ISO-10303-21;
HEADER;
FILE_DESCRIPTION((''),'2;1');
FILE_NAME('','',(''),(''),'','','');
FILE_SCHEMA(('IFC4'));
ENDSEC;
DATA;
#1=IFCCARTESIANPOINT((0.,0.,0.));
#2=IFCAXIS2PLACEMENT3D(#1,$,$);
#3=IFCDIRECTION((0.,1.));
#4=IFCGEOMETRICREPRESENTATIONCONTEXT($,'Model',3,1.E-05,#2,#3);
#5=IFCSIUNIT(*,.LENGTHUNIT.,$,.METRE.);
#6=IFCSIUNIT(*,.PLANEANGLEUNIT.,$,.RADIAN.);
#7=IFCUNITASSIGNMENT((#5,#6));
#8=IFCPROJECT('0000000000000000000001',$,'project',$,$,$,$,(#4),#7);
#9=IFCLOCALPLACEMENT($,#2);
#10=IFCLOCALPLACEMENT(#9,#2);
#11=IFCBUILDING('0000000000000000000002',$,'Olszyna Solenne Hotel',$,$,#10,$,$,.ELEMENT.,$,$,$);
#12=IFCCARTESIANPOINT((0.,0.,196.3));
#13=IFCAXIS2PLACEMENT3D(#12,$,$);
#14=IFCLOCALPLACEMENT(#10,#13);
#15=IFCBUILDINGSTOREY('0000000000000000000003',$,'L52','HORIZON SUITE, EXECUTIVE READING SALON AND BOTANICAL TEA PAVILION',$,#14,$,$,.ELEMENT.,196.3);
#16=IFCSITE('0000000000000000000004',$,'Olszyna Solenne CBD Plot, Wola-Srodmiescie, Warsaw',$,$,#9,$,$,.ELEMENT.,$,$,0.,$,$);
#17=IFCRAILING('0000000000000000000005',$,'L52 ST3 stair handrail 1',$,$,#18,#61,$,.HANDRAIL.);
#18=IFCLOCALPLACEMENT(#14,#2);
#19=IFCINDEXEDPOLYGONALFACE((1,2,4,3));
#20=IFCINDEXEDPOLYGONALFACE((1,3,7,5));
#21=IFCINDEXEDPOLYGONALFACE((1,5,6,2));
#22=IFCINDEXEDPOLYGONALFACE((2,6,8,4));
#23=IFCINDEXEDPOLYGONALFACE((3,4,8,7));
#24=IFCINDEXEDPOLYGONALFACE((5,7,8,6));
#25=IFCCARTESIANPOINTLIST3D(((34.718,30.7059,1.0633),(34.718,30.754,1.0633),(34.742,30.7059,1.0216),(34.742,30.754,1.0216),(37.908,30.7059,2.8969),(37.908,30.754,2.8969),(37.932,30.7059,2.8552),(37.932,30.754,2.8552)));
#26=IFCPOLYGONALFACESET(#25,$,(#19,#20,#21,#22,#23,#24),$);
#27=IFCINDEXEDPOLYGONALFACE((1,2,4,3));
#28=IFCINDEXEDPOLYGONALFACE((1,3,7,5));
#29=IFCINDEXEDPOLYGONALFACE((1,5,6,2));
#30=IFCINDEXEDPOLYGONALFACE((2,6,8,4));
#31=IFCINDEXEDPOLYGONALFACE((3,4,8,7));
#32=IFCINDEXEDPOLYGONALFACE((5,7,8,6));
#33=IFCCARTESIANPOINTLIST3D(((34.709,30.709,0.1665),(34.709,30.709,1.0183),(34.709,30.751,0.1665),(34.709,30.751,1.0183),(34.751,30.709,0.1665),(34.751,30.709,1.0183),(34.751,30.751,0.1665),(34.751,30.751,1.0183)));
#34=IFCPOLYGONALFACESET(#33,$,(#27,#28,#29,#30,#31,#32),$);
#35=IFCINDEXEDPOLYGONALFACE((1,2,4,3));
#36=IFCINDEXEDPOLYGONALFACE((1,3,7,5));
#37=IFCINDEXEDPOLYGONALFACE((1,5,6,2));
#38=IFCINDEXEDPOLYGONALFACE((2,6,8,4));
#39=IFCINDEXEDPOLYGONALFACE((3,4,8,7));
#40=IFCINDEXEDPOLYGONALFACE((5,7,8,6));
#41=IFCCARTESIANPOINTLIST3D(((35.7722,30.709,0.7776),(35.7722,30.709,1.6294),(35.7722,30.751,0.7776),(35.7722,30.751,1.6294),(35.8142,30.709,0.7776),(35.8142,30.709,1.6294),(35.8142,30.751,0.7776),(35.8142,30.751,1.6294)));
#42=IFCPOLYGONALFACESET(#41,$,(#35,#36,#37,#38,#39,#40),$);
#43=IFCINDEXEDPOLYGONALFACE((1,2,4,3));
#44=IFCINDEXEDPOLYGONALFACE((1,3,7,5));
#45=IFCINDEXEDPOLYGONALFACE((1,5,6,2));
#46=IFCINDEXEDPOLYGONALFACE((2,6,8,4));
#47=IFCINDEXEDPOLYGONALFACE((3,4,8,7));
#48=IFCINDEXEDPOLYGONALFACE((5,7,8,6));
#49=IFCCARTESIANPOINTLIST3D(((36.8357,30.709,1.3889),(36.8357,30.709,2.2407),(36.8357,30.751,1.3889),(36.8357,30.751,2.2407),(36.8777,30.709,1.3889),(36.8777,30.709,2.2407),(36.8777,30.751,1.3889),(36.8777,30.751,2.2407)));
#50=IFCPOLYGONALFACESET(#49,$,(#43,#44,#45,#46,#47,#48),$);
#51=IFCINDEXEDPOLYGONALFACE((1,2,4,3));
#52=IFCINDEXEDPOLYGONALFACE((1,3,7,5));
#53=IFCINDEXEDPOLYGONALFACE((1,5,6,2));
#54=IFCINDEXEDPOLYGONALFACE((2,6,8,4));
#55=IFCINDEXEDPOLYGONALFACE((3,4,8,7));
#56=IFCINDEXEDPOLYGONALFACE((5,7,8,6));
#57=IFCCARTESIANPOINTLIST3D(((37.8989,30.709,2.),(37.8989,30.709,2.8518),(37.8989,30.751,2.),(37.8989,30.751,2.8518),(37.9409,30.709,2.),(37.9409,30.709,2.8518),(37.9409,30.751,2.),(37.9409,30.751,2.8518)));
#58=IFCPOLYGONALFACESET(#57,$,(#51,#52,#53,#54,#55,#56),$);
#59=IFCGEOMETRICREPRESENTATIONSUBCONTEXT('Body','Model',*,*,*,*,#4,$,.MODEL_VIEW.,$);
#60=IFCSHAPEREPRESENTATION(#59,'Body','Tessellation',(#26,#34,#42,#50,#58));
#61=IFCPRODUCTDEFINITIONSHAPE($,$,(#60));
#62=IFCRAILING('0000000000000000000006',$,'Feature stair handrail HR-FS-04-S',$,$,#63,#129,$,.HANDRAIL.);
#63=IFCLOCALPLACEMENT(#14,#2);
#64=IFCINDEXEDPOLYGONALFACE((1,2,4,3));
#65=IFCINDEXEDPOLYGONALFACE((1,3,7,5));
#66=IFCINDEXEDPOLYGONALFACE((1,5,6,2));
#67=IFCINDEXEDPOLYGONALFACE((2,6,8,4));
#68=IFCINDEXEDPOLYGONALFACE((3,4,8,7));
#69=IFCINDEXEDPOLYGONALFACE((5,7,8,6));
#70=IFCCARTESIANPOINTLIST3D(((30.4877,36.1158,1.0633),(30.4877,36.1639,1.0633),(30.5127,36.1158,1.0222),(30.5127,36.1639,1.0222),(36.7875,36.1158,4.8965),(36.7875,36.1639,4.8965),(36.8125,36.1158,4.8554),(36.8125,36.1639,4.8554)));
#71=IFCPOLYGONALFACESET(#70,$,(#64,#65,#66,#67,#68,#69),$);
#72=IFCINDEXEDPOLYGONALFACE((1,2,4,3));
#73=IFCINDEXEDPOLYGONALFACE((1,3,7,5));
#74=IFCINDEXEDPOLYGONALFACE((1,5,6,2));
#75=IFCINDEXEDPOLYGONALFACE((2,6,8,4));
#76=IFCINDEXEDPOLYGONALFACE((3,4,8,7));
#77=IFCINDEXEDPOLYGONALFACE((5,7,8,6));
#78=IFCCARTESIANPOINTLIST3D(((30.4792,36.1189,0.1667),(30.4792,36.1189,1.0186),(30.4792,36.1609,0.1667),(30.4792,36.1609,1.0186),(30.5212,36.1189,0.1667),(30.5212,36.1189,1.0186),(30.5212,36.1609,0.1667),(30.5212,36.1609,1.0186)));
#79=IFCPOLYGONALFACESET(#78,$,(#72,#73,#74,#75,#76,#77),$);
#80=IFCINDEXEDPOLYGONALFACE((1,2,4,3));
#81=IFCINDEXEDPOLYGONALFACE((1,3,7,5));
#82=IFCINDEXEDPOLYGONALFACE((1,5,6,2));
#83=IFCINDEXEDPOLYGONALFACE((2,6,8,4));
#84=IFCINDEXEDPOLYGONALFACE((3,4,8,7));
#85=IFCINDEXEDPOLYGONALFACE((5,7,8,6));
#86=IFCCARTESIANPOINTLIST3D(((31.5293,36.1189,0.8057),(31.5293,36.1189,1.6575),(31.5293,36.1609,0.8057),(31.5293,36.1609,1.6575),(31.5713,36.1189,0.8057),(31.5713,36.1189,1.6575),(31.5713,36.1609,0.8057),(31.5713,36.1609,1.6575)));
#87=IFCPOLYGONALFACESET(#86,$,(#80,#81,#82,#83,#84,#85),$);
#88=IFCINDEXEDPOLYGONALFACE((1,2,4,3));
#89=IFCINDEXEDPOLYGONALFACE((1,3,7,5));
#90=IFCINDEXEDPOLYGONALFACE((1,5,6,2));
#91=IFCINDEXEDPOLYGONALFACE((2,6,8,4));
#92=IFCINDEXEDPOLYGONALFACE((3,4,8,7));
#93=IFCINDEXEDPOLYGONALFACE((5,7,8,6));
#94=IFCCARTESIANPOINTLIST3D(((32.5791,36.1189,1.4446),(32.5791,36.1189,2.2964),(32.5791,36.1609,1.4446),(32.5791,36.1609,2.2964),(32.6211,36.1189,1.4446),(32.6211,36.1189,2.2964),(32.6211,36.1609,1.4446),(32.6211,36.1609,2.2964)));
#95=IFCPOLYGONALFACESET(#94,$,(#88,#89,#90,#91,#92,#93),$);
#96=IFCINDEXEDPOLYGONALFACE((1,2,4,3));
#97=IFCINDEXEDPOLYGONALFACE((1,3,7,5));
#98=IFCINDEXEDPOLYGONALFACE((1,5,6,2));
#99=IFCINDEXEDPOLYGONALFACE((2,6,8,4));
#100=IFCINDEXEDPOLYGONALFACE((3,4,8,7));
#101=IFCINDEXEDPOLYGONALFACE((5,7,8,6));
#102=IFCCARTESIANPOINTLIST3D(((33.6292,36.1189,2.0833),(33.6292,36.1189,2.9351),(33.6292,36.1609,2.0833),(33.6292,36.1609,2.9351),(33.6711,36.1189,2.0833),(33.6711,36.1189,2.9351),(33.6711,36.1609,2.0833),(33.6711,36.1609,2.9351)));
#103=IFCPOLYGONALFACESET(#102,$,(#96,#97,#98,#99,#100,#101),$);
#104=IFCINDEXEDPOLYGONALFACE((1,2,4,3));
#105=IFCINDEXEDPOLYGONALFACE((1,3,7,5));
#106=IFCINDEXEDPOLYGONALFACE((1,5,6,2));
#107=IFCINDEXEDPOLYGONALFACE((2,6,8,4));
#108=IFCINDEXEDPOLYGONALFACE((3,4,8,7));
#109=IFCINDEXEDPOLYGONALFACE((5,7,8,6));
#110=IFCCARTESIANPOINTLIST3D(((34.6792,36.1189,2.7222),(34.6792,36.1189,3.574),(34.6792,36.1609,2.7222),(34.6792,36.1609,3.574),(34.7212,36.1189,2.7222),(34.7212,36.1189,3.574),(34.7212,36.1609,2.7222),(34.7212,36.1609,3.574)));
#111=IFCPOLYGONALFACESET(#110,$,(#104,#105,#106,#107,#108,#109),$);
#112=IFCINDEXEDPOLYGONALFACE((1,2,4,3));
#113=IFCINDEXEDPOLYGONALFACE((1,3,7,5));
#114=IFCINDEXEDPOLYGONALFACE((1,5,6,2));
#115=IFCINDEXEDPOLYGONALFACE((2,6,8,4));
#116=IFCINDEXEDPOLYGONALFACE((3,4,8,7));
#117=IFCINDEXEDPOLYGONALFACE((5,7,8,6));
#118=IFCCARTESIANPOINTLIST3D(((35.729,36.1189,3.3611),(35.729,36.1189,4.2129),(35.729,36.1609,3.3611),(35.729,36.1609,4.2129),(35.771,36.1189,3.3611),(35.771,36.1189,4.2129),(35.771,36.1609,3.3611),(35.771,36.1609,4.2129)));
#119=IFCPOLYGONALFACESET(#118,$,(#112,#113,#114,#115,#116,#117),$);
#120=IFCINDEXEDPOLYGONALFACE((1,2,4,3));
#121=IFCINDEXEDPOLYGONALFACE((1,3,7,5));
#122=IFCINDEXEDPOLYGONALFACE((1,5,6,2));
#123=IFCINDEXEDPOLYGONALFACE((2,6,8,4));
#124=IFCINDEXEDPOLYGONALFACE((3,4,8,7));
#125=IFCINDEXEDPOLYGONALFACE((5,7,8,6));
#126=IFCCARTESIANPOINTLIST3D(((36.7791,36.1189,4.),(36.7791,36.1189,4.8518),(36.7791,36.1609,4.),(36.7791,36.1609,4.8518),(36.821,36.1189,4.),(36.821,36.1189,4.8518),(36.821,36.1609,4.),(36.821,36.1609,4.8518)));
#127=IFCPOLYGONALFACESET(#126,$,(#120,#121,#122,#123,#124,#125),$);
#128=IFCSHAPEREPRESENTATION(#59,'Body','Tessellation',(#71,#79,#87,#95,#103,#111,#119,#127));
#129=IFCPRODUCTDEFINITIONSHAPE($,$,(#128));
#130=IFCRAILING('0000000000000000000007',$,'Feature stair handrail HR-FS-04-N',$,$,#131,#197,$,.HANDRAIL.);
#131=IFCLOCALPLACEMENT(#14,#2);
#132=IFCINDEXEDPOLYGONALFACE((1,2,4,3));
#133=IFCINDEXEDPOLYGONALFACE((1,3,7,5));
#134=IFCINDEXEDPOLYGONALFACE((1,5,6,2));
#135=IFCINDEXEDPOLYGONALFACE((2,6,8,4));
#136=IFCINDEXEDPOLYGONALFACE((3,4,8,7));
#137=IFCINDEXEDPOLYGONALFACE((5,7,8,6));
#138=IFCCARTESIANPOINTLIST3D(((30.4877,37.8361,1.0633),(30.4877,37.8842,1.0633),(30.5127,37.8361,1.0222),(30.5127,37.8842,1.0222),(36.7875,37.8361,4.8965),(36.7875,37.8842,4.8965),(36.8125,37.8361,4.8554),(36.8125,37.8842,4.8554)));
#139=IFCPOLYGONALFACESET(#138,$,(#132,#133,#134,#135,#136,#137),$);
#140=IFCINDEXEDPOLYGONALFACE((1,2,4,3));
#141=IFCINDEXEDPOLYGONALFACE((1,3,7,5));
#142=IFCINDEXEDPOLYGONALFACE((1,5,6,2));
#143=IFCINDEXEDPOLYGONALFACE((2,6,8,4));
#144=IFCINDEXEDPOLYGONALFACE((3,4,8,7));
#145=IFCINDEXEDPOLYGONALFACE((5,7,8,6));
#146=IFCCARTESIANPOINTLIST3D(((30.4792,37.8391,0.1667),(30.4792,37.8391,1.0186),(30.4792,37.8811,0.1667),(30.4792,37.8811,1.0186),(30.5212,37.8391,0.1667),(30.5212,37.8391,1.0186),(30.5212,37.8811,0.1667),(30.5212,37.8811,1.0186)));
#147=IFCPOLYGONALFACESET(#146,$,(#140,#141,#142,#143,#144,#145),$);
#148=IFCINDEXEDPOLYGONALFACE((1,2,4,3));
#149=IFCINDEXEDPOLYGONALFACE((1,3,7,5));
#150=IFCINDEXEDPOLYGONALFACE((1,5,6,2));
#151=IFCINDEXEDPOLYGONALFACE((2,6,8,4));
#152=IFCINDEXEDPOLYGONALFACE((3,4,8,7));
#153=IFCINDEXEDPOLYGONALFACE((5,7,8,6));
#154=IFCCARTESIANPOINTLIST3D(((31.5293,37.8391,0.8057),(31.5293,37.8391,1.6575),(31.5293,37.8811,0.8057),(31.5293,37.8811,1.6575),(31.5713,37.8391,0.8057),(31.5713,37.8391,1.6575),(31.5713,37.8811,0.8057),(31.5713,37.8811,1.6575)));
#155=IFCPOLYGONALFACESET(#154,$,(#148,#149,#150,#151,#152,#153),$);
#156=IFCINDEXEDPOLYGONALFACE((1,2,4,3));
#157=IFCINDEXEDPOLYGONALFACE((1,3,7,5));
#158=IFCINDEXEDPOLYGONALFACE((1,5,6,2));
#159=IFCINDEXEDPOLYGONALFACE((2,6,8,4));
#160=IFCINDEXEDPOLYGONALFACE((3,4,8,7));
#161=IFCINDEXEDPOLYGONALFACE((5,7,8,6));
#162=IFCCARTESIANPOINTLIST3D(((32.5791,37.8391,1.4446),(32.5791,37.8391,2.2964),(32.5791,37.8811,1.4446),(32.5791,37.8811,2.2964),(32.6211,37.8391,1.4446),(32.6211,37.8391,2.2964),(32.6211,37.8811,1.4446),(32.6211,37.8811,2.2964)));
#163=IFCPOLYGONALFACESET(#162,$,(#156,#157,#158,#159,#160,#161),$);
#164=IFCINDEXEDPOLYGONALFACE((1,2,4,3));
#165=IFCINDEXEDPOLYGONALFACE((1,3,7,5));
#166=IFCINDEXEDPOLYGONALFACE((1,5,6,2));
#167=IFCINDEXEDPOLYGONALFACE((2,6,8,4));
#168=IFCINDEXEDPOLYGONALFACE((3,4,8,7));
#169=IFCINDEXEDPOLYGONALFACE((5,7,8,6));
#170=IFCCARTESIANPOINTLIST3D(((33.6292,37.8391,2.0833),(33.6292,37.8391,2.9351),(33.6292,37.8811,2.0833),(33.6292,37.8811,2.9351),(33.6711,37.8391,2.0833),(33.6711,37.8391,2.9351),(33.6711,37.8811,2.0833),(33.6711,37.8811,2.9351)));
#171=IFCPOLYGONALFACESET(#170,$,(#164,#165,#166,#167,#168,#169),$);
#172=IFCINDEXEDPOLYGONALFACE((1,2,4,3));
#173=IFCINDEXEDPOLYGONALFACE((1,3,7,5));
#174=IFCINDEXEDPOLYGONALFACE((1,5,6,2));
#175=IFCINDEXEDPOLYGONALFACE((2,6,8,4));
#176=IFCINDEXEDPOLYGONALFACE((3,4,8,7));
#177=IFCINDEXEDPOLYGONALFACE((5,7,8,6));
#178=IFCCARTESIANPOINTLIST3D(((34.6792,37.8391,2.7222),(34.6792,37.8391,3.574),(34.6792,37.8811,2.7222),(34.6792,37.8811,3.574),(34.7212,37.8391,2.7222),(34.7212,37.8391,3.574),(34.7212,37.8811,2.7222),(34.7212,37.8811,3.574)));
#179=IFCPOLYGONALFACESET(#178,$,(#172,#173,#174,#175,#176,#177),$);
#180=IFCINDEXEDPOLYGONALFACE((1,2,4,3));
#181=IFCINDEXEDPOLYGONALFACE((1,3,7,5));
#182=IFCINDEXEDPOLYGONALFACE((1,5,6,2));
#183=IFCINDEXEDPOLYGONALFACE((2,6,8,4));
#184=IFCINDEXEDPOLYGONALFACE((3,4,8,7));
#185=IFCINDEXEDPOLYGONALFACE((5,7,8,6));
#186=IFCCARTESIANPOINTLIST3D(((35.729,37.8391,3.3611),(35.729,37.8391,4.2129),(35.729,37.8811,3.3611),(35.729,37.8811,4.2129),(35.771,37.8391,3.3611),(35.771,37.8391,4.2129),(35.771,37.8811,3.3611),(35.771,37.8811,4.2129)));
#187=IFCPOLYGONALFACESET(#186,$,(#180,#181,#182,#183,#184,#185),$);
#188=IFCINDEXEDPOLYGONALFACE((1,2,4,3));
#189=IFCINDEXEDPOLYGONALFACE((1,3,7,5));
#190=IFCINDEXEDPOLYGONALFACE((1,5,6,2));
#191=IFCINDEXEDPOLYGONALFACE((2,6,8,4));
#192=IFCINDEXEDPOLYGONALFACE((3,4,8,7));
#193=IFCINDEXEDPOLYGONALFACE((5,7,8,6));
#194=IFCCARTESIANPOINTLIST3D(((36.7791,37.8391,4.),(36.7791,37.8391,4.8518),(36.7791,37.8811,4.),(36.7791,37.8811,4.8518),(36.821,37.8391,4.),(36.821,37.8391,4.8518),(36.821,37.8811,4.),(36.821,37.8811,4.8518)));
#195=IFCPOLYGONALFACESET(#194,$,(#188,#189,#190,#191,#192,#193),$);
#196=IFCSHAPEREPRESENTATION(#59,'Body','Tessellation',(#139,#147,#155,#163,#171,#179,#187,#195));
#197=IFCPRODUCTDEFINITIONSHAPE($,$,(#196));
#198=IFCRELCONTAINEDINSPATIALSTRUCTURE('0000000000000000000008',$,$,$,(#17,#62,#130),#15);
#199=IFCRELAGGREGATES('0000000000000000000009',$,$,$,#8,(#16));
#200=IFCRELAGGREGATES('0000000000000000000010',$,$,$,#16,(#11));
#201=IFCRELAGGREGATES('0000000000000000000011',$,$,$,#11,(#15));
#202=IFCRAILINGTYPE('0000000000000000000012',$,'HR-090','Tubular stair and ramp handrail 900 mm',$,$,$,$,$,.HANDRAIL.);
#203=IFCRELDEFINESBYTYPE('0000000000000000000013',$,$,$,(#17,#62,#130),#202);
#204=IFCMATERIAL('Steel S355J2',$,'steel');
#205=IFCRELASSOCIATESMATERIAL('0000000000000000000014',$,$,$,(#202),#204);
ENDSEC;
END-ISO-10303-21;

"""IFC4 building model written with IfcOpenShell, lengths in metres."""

from ifc_helpers import new_model, si_unit, direction, frame, origin, origin_2d, place, context, subcontext, project, spatial, rectangle, extrude, material, type_object, element, save


model = new_model("IFC4")

# Units and contexts
model_context = context("Model", 3, precision=1e-05, world=origin(), true_north=direction((0.0, 1.0)))
body_context = subcontext(model_context, "Body", "Model", "MODEL_VIEW")
ifc_project = project(units=[si_unit("LENGTHUNIT", "METRE"), si_unit("PLANEANGLEUNIT", "RADIAN")], contexts=[model_context])

# Site, building, storey
site_placement = place(None, origin())
site = spatial("IfcSite", under=ifc_project, at=site_placement, Name="Olszyna Solenne CBD Plot, Wola-Srodmiescie, Warsaw", CompositionType="ELEMENT", RefElevation=0.0)
building_placement = place(site_placement, origin())
building = spatial("IfcBuilding", under=site, at=building_placement, Name="Olszyna Solenne Hotel", CompositionType="ELEMENT")
storey_placement = place(building_placement, frame((0.0, 0.0, 196.3)))
storey = spatial("IfcBuildingStorey", under=building, at=storey_placement, Name="L52", Description="HORIZON SUITE, EXECUTIVE READING SALON AND BOTANICAL TEA PAVILION", CompositionType="ELEMENT", Elevation=196.3)

# Shared definitions
ifc_material_1 = material(Name="Steel S355J2", Category="steel")

# Railings
railing_type_1 = type_object("IfcRailingType", Name="HR-090", Description="Tubular stair and ramp handrail 900 mm", PredefinedType="HANDRAIL", material=ifc_material_1)
railing_1_placement = place(storey_placement, frame((34.73, 30.73, 0.1665)))
element("IfcRailing", 1, at=railing_1_placement, inside=storey, type_object=railing_type_1, Name="L52 ST3 stair handrail 1", PredefinedType="HANDRAIL", context=body_context, shape_type="SweptSolid", body=[
    extrude(rectangle(XDim=0.0481, YDim=0.0481, at=origin_2d()), frame((0.0, 0.0, 0.876), z_axis=(0.866991, 0.0, 0.498324), x_axis=(0.0, 1.0, 0.0)), (0.0, 0.0, 1.0), 3.6794),
    extrude(rectangle(XDim=0.042, YDim=0.042, at=origin_2d()), origin(), (0.0, 0.0, 1.0), 0.8518),
    extrude(rectangle(XDim=0.042, YDim=0.042, at=origin_2d()), frame((1.0632, 0.0, 0.6111)), (0.0, 0.0, 1.0), 0.8518),
    extrude(rectangle(XDim=0.042, YDim=0.042, at=origin_2d()), frame((2.1267, 0.0, 1.2224)), (0.0, 0.0, 1.0), 0.8518),
    extrude(rectangle(XDim=0.042, YDim=0.042, at=origin_2d()), frame((3.1899, 0.0, 1.8335)), (0.0, 0.0, 1.0), 0.8518),
])
for number, where, name in (
    (2, (30.5002, 36.1399, 0.1667), "Feature stair handrail HR-FS-04-S"),
    (3, (30.5002, 37.8601, 0.1667), "Feature stair handrail HR-FS-04-N"),
):
    element("IfcRailing", number, at=place(storey_placement, frame(where)), inside=storey, type_object=railing_type_1, Name=name, PredefinedType="HANDRAIL", context=body_context, shape_type="SweptSolid", body=[
        extrude(rectangle(XDim=0.0481, YDim=0.0481, at=origin_2d()), frame((0.0, 0.0, 0.876), z_axis=(0.854284, 0.0, 0.519807), x_axis=(0.0, 1.0, 0.0)), (0.0, 0.0, 1.0), 7.3743),
        extrude(rectangle(XDim=0.042, YDim=0.042, at=origin_2d()), origin(), (0.0, 0.0, 1.0), 0.8518),
        extrude(rectangle(XDim=0.042, YDim=0.042, at=origin_2d()), frame((1.05, 0.0, 0.6389)), (0.0, 0.0, 1.0), 0.8518),
        extrude(rectangle(XDim=0.042, YDim=0.042, at=origin_2d()), frame((2.0999, 0.0, 1.2778)), (0.0, 0.0, 1.0), 0.8518),
        extrude(rectangle(XDim=0.042, YDim=0.042, at=origin_2d()), frame((3.1499, 0.0, 1.9165)), (0.0, 0.0, 1.0), 0.8518),
        extrude(rectangle(XDim=0.042, YDim=0.042, at=origin_2d()), frame((4.2, 0.0, 2.5554)), (0.0, 0.0, 1.0), 0.8518),
        extrude(rectangle(XDim=0.042, YDim=0.042, at=origin_2d()), frame((5.2498, 0.0, 3.1943)), (0.0, 0.0, 1.0), 0.8518),
        extrude(rectangle(XDim=0.042, YDim=0.042, at=origin_2d()), frame((6.2998, 0.0, 3.8333)), (0.0, 0.0, 1.0), 0.8518),
    ])

save(model, "model.ifc")
